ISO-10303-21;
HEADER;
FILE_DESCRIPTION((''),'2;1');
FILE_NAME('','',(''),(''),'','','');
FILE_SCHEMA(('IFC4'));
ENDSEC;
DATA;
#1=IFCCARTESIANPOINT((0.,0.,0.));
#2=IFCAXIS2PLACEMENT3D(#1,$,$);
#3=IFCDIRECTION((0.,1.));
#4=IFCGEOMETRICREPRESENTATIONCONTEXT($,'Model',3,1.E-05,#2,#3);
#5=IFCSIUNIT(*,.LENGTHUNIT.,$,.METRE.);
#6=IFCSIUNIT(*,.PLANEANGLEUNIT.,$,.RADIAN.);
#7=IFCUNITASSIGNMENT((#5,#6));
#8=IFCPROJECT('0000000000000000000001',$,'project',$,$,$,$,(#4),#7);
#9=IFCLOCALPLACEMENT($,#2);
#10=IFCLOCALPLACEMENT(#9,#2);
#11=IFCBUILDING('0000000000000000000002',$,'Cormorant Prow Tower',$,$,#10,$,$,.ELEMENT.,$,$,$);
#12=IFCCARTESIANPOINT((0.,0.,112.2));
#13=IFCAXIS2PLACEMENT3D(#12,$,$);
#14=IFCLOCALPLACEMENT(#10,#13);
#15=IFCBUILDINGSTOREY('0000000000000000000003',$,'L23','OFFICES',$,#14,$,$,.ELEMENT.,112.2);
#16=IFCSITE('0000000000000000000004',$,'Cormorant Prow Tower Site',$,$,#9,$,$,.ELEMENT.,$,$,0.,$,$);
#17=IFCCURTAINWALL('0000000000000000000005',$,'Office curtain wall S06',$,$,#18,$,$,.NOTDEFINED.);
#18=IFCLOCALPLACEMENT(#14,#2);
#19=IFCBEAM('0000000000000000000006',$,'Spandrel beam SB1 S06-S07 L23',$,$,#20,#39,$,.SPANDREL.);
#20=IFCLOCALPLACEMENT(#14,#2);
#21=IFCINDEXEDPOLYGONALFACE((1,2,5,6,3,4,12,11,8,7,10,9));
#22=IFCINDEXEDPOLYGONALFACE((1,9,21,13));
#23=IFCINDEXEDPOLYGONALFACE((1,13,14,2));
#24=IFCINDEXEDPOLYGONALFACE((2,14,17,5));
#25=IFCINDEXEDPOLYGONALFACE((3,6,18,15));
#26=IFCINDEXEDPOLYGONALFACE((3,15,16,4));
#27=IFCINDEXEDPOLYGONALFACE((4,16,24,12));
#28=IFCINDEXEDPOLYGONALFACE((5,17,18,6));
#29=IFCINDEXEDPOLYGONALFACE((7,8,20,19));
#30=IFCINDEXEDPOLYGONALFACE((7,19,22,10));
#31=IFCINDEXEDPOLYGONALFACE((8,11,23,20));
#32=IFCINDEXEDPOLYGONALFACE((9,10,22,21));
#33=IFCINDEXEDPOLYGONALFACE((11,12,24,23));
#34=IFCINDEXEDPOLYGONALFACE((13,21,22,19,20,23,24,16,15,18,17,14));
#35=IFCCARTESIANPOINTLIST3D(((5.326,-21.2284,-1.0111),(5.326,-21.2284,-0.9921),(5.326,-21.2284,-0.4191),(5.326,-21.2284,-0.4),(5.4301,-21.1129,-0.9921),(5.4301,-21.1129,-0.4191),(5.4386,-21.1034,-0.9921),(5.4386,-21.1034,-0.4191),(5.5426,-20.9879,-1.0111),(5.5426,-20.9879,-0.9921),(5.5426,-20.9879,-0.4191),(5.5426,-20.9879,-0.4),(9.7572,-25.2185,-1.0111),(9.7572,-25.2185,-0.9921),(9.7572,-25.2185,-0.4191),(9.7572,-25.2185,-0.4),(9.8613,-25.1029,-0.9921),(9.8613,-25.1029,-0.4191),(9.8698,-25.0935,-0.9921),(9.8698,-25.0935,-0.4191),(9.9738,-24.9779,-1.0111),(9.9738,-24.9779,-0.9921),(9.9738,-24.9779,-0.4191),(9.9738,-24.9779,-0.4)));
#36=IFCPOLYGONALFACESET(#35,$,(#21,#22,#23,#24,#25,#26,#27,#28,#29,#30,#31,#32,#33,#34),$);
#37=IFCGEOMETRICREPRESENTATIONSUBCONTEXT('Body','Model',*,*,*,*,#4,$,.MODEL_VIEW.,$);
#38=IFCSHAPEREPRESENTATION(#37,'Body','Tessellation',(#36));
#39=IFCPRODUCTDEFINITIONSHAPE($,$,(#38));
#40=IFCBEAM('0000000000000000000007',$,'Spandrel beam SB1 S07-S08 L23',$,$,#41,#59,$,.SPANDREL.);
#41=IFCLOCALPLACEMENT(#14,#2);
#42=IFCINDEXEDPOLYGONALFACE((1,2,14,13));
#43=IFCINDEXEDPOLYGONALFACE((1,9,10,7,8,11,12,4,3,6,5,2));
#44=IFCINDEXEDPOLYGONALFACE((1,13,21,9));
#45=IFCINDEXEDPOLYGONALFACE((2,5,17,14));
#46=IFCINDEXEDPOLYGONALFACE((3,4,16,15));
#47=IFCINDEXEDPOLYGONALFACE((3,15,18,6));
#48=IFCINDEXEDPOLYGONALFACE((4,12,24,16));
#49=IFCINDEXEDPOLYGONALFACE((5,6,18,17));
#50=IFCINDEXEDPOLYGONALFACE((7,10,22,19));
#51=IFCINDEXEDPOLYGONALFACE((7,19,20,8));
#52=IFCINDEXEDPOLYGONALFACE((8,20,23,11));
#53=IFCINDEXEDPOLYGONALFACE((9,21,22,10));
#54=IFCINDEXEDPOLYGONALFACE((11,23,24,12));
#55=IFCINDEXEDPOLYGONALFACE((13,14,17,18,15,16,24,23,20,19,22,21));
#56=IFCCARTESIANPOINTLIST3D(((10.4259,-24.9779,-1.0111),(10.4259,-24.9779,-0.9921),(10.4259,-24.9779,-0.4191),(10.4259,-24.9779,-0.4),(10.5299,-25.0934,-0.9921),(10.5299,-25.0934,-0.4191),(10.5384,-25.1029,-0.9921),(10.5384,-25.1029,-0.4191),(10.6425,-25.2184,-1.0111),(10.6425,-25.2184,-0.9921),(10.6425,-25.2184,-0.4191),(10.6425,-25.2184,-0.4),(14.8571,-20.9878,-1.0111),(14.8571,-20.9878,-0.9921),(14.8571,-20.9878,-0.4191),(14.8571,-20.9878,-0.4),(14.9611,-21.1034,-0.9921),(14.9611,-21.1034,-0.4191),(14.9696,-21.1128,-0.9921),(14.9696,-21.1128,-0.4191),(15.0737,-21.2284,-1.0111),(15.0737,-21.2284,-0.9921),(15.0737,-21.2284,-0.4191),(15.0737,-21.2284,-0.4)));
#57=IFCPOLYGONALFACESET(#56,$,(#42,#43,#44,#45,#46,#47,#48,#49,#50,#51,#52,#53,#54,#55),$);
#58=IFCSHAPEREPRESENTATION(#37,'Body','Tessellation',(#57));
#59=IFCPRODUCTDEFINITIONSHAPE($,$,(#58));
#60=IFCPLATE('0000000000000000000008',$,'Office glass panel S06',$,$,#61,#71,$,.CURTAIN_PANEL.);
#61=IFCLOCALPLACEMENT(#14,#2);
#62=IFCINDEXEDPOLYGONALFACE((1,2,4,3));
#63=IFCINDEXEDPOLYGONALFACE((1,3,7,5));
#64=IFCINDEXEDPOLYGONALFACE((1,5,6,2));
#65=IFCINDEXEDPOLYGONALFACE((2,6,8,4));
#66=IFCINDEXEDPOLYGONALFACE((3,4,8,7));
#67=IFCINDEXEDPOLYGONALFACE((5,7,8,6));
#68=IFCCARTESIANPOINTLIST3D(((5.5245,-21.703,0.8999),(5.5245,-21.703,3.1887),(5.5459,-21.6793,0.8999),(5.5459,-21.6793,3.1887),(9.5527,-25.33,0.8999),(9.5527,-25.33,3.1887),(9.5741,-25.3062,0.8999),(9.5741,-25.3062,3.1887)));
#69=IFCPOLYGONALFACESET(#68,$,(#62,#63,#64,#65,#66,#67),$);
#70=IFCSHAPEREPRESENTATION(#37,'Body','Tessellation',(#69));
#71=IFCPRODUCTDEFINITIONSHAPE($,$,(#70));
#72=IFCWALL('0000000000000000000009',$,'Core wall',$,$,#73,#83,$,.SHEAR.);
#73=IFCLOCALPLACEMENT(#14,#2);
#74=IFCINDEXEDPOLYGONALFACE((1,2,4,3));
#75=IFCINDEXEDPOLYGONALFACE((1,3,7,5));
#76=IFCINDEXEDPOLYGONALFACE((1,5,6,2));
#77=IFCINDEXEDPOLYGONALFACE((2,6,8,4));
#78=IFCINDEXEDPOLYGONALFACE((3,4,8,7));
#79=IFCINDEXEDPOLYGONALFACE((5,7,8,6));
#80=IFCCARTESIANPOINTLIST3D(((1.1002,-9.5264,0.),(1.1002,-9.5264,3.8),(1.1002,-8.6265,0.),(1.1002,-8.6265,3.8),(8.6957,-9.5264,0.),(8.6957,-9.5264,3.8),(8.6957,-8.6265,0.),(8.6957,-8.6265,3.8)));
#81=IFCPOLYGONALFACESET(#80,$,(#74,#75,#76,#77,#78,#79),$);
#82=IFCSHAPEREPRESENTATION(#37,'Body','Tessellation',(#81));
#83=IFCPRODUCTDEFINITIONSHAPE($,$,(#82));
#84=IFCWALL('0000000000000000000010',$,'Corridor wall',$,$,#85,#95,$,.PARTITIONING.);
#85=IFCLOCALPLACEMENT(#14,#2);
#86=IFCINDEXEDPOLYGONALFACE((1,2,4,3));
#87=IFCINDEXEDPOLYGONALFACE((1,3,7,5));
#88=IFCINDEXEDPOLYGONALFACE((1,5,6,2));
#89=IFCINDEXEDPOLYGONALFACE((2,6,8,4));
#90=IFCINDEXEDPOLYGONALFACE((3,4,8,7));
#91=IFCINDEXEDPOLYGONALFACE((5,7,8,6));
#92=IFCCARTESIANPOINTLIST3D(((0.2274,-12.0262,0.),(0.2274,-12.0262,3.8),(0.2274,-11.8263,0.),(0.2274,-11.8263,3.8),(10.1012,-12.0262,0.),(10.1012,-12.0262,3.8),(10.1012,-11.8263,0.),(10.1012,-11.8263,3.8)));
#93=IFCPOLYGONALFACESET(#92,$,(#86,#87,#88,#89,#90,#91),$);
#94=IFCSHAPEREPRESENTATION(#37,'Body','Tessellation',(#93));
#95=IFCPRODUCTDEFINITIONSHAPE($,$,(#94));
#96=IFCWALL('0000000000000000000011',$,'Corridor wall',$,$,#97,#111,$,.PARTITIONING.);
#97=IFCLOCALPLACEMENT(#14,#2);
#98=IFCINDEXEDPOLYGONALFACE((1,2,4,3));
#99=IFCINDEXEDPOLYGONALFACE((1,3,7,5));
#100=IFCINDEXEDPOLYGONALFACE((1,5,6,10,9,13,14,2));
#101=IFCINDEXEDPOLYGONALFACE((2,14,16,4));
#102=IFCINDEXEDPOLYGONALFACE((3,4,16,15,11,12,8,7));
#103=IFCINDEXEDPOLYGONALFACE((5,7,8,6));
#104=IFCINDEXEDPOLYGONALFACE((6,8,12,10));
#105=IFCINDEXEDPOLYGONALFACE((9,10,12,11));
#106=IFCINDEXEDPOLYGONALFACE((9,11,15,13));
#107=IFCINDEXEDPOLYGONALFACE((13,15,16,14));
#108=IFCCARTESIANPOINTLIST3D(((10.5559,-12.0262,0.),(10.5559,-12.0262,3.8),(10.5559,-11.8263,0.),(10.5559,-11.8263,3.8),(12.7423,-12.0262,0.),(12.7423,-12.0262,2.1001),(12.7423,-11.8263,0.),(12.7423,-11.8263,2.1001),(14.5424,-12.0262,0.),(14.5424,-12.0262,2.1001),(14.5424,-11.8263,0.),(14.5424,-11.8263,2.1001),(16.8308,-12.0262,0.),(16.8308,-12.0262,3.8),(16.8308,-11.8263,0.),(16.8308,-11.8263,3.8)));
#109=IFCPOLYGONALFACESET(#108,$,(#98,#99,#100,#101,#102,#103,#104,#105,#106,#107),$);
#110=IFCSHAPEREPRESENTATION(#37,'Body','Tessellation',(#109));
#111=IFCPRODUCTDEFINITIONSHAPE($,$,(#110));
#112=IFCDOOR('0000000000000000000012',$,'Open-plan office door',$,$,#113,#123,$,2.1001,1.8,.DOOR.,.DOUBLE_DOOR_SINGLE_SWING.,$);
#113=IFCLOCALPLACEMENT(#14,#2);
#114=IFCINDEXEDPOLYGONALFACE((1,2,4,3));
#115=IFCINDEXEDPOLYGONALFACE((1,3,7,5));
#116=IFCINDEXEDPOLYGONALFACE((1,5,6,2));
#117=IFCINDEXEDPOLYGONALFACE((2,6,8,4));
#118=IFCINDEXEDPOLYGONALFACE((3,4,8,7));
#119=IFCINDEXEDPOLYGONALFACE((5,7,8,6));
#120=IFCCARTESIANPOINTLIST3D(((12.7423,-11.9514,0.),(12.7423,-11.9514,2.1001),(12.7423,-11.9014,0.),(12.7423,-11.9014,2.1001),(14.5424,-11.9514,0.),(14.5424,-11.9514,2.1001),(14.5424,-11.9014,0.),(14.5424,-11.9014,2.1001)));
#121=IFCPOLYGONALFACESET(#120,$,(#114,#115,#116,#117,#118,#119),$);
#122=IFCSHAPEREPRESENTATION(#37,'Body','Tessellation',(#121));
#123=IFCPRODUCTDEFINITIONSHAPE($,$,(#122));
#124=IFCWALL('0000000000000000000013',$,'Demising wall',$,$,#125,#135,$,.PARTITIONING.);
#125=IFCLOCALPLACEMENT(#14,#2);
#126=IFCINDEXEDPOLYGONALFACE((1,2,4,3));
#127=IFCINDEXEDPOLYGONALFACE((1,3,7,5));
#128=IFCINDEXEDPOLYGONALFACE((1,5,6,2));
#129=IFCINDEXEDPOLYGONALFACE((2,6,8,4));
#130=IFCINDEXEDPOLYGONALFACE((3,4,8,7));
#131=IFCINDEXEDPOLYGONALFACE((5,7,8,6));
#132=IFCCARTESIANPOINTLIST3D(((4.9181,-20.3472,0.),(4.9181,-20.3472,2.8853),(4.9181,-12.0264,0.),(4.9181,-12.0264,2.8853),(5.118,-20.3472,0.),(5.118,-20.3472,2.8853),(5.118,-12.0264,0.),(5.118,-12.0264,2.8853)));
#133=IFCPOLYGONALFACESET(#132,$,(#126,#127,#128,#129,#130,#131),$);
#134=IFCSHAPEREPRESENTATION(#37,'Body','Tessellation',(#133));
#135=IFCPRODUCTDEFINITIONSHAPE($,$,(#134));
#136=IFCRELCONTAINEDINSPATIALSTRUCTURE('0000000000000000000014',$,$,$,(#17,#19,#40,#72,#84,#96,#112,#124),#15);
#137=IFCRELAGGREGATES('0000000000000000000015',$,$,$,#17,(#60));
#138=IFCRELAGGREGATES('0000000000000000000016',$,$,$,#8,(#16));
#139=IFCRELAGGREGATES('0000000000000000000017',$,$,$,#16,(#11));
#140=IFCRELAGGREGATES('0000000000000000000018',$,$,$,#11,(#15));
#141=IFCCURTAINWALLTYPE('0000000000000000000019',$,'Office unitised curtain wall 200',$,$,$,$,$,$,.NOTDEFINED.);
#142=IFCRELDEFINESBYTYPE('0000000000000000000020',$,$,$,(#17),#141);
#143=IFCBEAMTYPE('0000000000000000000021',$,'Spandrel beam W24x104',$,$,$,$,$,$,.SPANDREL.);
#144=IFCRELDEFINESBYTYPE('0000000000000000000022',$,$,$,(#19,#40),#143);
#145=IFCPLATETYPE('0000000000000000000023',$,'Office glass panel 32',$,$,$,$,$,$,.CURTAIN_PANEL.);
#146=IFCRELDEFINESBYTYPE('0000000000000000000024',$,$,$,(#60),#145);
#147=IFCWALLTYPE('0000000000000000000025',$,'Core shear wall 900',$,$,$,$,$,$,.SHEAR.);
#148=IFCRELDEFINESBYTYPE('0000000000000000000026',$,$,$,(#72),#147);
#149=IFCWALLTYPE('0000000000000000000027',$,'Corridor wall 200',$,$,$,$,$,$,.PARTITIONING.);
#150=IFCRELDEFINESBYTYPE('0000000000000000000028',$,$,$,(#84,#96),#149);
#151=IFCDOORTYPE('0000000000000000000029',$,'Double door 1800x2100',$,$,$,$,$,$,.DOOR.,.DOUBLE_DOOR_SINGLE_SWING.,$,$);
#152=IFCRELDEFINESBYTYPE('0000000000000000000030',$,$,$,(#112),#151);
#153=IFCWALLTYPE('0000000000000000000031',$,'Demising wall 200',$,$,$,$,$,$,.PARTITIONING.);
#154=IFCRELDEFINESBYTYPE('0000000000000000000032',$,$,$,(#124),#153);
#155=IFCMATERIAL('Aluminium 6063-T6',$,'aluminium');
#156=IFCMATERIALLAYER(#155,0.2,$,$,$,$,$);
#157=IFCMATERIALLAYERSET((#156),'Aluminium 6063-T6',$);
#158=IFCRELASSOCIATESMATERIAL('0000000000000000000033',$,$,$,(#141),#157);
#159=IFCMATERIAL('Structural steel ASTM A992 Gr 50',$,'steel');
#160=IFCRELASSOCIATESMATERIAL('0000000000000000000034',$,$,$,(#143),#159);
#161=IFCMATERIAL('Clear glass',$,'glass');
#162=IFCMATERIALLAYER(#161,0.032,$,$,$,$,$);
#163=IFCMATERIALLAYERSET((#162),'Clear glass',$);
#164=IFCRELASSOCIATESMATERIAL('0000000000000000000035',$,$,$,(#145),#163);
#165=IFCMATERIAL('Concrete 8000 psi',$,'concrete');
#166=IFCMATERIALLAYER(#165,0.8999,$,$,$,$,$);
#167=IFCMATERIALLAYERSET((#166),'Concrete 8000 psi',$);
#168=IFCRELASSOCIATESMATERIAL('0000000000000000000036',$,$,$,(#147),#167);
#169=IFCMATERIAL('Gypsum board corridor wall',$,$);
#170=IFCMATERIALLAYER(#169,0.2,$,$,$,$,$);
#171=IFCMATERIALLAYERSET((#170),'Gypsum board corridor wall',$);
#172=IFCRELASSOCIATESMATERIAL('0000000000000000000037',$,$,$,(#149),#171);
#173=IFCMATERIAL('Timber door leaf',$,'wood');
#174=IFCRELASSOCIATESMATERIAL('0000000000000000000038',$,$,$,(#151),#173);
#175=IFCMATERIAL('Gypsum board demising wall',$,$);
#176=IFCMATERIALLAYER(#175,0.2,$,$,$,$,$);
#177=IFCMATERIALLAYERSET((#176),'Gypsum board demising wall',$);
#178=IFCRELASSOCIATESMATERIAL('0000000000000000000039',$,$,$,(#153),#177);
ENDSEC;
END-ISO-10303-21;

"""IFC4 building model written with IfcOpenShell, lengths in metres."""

from ifc_helpers import new_model, si_unit, direction, frame, frame_2d, origin, origin_2d, place, context, subcontext, project, spatial, rectangle, i_section, extrude, material, layer, layer_set, material_profile, profile_set, type_object, element, fill, aggregate, save


model = new_model("IFC4")

# Units and contexts
model_context = context("Model", 3, precision=1e-05, world=origin(), true_north=direction((0.0, 1.0)))
body_context = subcontext(model_context, "Body", "Model", "MODEL_VIEW")
ifc_project = project(units=[si_unit("LENGTHUNIT", "METRE"), si_unit("PLANEANGLEUNIT", "RADIAN")], contexts=[model_context])

# Site, building, storey
site_placement = place(None, origin())
site = spatial("IfcSite", under=ifc_project, at=site_placement, Name="Cormorant Prow Tower Site", CompositionType="ELEMENT", RefElevation=0.0)
building_placement = place(site_placement, origin())
building = spatial("IfcBuilding", under=site, at=building_placement, Name="Cormorant Prow Tower", CompositionType="ELEMENT")
storey_placement = place(building_placement, frame((0.0, 0.0, 112.2)))
storey = spatial("IfcBuildingStorey", under=building, at=storey_placement, Name="L23", Description="OFFICES", CompositionType="ELEMENT", Elevation=112.2)

# Curtain wall
ifc_material_1 = material(Name="Aluminium 6063-T6", Category="aluminium")
ifc_layer_1 = layer(ifc_material_1, 0.2)
ifc_layer_set_1 = layer_set([ifc_layer_1], Name="Aluminium 6063-T6")
curtain_wall_type = type_object("IfcCurtainWallType", Name="Office unitised curtain wall 200", PredefinedType="NOTDEFINED", material=ifc_layer_set_1)
curtain_wall_1_placement = place(storey_placement, origin())
curtain_wall_1 = element("IfcCurtainWall", 1, at=curtain_wall_1_placement, inside=storey, type_object=curtain_wall_type, Name="Office curtain wall S06", PredefinedType="NOTDEFINED")

# Beams
ifc_material_2 = material(Name="Structural steel ASTM A992 Gr 50", Category="steel")
ifc_material_profile_1 = material_profile(ifc_material_2, i_section(OverallWidth=0.3237, OverallDepth=0.6111, WebThickness=0.0127, FlangeThickness=0.019, at=origin_2d()), Name="W24x104")
ifc_profile_set_1 = profile_set([ifc_material_profile_1], Name="Structural steel ASTM A992 Gr 50")
beam_type_1 = type_object("IfcBeamType", Name="Spandrel beam W24x104", PredefinedType="SPANDREL", material=ifc_profile_set_1)
for number, where, z_axis, x_axis, name in (
    (2, (5.4343, -21.1082, -0.7056), (0.743131, -0.669146, 0.0), (0.669146, 0.743131, 0.0), "Spandrel beam SB1 S06-S07 L23"),
    (3, (10.5342, -25.0981, -0.7056), (0.743131, 0.669146, 0.0), (-0.669146, 0.743131, 0.0), "Spandrel beam SB1 S07-S08 L23"),
):
    element("IfcBeam", number, at=place(storey_placement, frame(where, z_axis=z_axis, x_axis=x_axis)), inside=storey, type_object=beam_type_1, Name=name, PredefinedType="SPANDREL", context=body_context, shape_type="SweptSolid", body=[
        extrude(i_section(OverallWidth=0.3237, OverallDepth=0.6111, WebThickness=0.0127, FlangeThickness=0.019, at=origin_2d()), origin(), (0.0, 0.0, 1.0), 5.9629),
    ])

# Plate
ifc_material_3 = material(Name="Clear glass", Category="glass")
ifc_layer_2 = layer(ifc_material_3, 0.032)
ifc_layer_set_2 = layer_set([ifc_layer_2], Name="Clear glass")
plate_type = type_object("IfcPlateType", Name="Office glass panel 32", PredefinedType="CURTAIN_PANEL", material=ifc_layer_set_2)
plate_placement = place(storey_placement, frame((7.5493, -23.5046, 0.8999), z_axis=(0.0, 0.0, 1.0), x_axis=(0.743145, -0.669131, 0.0)))
plate = element("IfcPlate", 4, at=plate_placement, type_object=plate_type, Name="Office glass panel S06", PredefinedType="CURTAIN_PANEL", context=body_context, shape_type="SweptSolid", body=[
    extrude(rectangle(XDim=5.4204, YDim=0.032, at=origin_2d()), origin(), (0.0, 0.0, 1.0), 2.2888),
])
aggregate(curtain_wall_1, [plate])

# Walls
ifc_material_4 = material(Name="Concrete 8000 psi", Category="concrete")
ifc_layer_3 = layer(ifc_material_4, 0.8999)
ifc_layer_set_3 = layer_set([ifc_layer_3], Name="Concrete 8000 psi")
wall_type_1 = type_object("IfcWallType", Name="Core shear wall 900", PredefinedType="SHEAR", material=ifc_layer_set_3)
wall_1_placement = place(storey_placement, frame((1.1001, -9.0764, 0.0), z_axis=(0.0, 0.0, 1.0), x_axis=(1.0, 0.0, 0.0)))
element("IfcWall", 5, at=wall_1_placement, inside=storey, type_object=wall_type_1, Name="Core wall", PredefinedType="SHEAR", context=body_context, shape_type="SweptSolid", body=[
    extrude(rectangle(XDim=7.5955, YDim=0.8999, at=frame_2d((3.7979, 0.0))), origin(), (0.0, 0.0, 1.0), 3.8),
])
ifc_material_5 = material(Name="Gypsum board corridor wall")
ifc_layer_4 = layer(ifc_material_5, 0.2)
ifc_layer_set_4 = layer_set([ifc_layer_4], Name="Gypsum board corridor wall")
wall_type_2 = type_object("IfcWallType", Name="Corridor wall 200", PredefinedType="PARTITIONING", material=ifc_layer_set_4)
wall_2_placement = place(storey_placement, frame((0.2273, -11.9263, 0.0), z_axis=(0.0, 0.0, 1.0), x_axis=(1.0, 0.0, 0.0)))
element("IfcWall", 6, at=wall_2_placement, inside=storey, type_object=wall_type_2, Name="Corridor wall", PredefinedType="PARTITIONING", context=body_context, shape_type="SweptSolid", body=[
    extrude(rectangle(XDim=9.8738, YDim=0.2, at=frame_2d((4.937, 0.0))), origin(), (0.0, 0.0, 1.0), 3.8),
])

# Wall, opening, door
wall_3_placement = place(storey_placement, frame((10.5559, -11.9263, 0.0), z_axis=(0.0, 0.0, 1.0), x_axis=(1.0, 0.0, 0.0)))
wall_3 = element("IfcWall", 7, at=wall_3_placement, inside=storey, type_object=wall_type_2, Name="Corridor wall", PredefinedType="PARTITIONING", context=body_context, shape_type="SweptSolid", body=[
    extrude(rectangle(XDim=6.2749, YDim=0.2, at=frame_2d((3.1375, 0.0))), origin(), (0.0, 0.0, 1.0), 3.8),
])
opening_1_placement = place(wall_3_placement, frame((2.1865, 0.0, 0.0)))
opening_1 = element("IfcOpeningElement", 8, at=opening_1_placement, cuts=wall_3, PredefinedType="OPENING", context=body_context, shape_type="SweptSolid", body=[
    extrude(rectangle(XDim=1.8, YDim=2.1001, at=frame_2d((0.8999, 1.05))), frame((0.0, 0.1099, 0.0), z_axis=(0.0, -1.0, 0.0), x_axis=(1.0, 0.0, 0.0)), (0.0, 0.0, 1.0), 0.22),
])
ifc_material_6 = material(Name="Timber door leaf", Category="wood")
door_type_1 = type_object("IfcDoorType", Name="Double door 1800x2100", OperationType="DOUBLE_DOOR_SINGLE_SWING", PredefinedType="DOOR", material=ifc_material_6)
door_1_placement = place(opening_1_placement, origin())
door_1 = element("IfcDoor", 9, at=door_1_placement, inside=storey, type_object=door_type_1, Name="Open-plan office door", OperationType="DOUBLE_DOOR_SINGLE_SWING", OverallHeight=2.1001, OverallWidth=1.8, PredefinedType="DOOR", context=body_context, shape_type="SweptSolid", body=[
    extrude(rectangle(XDim=1.8, YDim=2.1001, at=frame_2d((0.8999, 1.05))), frame((0.0, 0.0249, 0.0), z_axis=(0.0, -1.0, 0.0), x_axis=(1.0, 0.0, 0.0)), (0.0, 0.0, 1.0), 0.05),
])
fill(opening_1, door_1)

# Wall
ifc_material_7 = material(Name="Gypsum board demising wall")
ifc_layer_5 = layer(ifc_material_7, 0.2)
ifc_layer_set_5 = layer_set([ifc_layer_5], Name="Gypsum board demising wall")
wall_type_3 = type_object("IfcWallType", Name="Demising wall 200", PredefinedType="PARTITIONING", material=ifc_layer_set_5)
wall_4_placement = place(storey_placement, frame((5.0181, -20.3472, 0.0), z_axis=(0.0, 0.0, 1.0), x_axis=(0.0, 1.0, 0.0)))
element("IfcWall", 10, at=wall_4_placement, inside=storey, type_object=wall_type_3, Name="Demising wall", PredefinedType="PARTITIONING", context=body_context, shape_type="SweptSolid", body=[
    extrude(rectangle(XDim=8.3208, YDim=0.2, at=frame_2d((4.1604, 0.0))), origin(), (0.0, 0.0, 1.0), 2.8853),
])

save(model, "model.ifc")
